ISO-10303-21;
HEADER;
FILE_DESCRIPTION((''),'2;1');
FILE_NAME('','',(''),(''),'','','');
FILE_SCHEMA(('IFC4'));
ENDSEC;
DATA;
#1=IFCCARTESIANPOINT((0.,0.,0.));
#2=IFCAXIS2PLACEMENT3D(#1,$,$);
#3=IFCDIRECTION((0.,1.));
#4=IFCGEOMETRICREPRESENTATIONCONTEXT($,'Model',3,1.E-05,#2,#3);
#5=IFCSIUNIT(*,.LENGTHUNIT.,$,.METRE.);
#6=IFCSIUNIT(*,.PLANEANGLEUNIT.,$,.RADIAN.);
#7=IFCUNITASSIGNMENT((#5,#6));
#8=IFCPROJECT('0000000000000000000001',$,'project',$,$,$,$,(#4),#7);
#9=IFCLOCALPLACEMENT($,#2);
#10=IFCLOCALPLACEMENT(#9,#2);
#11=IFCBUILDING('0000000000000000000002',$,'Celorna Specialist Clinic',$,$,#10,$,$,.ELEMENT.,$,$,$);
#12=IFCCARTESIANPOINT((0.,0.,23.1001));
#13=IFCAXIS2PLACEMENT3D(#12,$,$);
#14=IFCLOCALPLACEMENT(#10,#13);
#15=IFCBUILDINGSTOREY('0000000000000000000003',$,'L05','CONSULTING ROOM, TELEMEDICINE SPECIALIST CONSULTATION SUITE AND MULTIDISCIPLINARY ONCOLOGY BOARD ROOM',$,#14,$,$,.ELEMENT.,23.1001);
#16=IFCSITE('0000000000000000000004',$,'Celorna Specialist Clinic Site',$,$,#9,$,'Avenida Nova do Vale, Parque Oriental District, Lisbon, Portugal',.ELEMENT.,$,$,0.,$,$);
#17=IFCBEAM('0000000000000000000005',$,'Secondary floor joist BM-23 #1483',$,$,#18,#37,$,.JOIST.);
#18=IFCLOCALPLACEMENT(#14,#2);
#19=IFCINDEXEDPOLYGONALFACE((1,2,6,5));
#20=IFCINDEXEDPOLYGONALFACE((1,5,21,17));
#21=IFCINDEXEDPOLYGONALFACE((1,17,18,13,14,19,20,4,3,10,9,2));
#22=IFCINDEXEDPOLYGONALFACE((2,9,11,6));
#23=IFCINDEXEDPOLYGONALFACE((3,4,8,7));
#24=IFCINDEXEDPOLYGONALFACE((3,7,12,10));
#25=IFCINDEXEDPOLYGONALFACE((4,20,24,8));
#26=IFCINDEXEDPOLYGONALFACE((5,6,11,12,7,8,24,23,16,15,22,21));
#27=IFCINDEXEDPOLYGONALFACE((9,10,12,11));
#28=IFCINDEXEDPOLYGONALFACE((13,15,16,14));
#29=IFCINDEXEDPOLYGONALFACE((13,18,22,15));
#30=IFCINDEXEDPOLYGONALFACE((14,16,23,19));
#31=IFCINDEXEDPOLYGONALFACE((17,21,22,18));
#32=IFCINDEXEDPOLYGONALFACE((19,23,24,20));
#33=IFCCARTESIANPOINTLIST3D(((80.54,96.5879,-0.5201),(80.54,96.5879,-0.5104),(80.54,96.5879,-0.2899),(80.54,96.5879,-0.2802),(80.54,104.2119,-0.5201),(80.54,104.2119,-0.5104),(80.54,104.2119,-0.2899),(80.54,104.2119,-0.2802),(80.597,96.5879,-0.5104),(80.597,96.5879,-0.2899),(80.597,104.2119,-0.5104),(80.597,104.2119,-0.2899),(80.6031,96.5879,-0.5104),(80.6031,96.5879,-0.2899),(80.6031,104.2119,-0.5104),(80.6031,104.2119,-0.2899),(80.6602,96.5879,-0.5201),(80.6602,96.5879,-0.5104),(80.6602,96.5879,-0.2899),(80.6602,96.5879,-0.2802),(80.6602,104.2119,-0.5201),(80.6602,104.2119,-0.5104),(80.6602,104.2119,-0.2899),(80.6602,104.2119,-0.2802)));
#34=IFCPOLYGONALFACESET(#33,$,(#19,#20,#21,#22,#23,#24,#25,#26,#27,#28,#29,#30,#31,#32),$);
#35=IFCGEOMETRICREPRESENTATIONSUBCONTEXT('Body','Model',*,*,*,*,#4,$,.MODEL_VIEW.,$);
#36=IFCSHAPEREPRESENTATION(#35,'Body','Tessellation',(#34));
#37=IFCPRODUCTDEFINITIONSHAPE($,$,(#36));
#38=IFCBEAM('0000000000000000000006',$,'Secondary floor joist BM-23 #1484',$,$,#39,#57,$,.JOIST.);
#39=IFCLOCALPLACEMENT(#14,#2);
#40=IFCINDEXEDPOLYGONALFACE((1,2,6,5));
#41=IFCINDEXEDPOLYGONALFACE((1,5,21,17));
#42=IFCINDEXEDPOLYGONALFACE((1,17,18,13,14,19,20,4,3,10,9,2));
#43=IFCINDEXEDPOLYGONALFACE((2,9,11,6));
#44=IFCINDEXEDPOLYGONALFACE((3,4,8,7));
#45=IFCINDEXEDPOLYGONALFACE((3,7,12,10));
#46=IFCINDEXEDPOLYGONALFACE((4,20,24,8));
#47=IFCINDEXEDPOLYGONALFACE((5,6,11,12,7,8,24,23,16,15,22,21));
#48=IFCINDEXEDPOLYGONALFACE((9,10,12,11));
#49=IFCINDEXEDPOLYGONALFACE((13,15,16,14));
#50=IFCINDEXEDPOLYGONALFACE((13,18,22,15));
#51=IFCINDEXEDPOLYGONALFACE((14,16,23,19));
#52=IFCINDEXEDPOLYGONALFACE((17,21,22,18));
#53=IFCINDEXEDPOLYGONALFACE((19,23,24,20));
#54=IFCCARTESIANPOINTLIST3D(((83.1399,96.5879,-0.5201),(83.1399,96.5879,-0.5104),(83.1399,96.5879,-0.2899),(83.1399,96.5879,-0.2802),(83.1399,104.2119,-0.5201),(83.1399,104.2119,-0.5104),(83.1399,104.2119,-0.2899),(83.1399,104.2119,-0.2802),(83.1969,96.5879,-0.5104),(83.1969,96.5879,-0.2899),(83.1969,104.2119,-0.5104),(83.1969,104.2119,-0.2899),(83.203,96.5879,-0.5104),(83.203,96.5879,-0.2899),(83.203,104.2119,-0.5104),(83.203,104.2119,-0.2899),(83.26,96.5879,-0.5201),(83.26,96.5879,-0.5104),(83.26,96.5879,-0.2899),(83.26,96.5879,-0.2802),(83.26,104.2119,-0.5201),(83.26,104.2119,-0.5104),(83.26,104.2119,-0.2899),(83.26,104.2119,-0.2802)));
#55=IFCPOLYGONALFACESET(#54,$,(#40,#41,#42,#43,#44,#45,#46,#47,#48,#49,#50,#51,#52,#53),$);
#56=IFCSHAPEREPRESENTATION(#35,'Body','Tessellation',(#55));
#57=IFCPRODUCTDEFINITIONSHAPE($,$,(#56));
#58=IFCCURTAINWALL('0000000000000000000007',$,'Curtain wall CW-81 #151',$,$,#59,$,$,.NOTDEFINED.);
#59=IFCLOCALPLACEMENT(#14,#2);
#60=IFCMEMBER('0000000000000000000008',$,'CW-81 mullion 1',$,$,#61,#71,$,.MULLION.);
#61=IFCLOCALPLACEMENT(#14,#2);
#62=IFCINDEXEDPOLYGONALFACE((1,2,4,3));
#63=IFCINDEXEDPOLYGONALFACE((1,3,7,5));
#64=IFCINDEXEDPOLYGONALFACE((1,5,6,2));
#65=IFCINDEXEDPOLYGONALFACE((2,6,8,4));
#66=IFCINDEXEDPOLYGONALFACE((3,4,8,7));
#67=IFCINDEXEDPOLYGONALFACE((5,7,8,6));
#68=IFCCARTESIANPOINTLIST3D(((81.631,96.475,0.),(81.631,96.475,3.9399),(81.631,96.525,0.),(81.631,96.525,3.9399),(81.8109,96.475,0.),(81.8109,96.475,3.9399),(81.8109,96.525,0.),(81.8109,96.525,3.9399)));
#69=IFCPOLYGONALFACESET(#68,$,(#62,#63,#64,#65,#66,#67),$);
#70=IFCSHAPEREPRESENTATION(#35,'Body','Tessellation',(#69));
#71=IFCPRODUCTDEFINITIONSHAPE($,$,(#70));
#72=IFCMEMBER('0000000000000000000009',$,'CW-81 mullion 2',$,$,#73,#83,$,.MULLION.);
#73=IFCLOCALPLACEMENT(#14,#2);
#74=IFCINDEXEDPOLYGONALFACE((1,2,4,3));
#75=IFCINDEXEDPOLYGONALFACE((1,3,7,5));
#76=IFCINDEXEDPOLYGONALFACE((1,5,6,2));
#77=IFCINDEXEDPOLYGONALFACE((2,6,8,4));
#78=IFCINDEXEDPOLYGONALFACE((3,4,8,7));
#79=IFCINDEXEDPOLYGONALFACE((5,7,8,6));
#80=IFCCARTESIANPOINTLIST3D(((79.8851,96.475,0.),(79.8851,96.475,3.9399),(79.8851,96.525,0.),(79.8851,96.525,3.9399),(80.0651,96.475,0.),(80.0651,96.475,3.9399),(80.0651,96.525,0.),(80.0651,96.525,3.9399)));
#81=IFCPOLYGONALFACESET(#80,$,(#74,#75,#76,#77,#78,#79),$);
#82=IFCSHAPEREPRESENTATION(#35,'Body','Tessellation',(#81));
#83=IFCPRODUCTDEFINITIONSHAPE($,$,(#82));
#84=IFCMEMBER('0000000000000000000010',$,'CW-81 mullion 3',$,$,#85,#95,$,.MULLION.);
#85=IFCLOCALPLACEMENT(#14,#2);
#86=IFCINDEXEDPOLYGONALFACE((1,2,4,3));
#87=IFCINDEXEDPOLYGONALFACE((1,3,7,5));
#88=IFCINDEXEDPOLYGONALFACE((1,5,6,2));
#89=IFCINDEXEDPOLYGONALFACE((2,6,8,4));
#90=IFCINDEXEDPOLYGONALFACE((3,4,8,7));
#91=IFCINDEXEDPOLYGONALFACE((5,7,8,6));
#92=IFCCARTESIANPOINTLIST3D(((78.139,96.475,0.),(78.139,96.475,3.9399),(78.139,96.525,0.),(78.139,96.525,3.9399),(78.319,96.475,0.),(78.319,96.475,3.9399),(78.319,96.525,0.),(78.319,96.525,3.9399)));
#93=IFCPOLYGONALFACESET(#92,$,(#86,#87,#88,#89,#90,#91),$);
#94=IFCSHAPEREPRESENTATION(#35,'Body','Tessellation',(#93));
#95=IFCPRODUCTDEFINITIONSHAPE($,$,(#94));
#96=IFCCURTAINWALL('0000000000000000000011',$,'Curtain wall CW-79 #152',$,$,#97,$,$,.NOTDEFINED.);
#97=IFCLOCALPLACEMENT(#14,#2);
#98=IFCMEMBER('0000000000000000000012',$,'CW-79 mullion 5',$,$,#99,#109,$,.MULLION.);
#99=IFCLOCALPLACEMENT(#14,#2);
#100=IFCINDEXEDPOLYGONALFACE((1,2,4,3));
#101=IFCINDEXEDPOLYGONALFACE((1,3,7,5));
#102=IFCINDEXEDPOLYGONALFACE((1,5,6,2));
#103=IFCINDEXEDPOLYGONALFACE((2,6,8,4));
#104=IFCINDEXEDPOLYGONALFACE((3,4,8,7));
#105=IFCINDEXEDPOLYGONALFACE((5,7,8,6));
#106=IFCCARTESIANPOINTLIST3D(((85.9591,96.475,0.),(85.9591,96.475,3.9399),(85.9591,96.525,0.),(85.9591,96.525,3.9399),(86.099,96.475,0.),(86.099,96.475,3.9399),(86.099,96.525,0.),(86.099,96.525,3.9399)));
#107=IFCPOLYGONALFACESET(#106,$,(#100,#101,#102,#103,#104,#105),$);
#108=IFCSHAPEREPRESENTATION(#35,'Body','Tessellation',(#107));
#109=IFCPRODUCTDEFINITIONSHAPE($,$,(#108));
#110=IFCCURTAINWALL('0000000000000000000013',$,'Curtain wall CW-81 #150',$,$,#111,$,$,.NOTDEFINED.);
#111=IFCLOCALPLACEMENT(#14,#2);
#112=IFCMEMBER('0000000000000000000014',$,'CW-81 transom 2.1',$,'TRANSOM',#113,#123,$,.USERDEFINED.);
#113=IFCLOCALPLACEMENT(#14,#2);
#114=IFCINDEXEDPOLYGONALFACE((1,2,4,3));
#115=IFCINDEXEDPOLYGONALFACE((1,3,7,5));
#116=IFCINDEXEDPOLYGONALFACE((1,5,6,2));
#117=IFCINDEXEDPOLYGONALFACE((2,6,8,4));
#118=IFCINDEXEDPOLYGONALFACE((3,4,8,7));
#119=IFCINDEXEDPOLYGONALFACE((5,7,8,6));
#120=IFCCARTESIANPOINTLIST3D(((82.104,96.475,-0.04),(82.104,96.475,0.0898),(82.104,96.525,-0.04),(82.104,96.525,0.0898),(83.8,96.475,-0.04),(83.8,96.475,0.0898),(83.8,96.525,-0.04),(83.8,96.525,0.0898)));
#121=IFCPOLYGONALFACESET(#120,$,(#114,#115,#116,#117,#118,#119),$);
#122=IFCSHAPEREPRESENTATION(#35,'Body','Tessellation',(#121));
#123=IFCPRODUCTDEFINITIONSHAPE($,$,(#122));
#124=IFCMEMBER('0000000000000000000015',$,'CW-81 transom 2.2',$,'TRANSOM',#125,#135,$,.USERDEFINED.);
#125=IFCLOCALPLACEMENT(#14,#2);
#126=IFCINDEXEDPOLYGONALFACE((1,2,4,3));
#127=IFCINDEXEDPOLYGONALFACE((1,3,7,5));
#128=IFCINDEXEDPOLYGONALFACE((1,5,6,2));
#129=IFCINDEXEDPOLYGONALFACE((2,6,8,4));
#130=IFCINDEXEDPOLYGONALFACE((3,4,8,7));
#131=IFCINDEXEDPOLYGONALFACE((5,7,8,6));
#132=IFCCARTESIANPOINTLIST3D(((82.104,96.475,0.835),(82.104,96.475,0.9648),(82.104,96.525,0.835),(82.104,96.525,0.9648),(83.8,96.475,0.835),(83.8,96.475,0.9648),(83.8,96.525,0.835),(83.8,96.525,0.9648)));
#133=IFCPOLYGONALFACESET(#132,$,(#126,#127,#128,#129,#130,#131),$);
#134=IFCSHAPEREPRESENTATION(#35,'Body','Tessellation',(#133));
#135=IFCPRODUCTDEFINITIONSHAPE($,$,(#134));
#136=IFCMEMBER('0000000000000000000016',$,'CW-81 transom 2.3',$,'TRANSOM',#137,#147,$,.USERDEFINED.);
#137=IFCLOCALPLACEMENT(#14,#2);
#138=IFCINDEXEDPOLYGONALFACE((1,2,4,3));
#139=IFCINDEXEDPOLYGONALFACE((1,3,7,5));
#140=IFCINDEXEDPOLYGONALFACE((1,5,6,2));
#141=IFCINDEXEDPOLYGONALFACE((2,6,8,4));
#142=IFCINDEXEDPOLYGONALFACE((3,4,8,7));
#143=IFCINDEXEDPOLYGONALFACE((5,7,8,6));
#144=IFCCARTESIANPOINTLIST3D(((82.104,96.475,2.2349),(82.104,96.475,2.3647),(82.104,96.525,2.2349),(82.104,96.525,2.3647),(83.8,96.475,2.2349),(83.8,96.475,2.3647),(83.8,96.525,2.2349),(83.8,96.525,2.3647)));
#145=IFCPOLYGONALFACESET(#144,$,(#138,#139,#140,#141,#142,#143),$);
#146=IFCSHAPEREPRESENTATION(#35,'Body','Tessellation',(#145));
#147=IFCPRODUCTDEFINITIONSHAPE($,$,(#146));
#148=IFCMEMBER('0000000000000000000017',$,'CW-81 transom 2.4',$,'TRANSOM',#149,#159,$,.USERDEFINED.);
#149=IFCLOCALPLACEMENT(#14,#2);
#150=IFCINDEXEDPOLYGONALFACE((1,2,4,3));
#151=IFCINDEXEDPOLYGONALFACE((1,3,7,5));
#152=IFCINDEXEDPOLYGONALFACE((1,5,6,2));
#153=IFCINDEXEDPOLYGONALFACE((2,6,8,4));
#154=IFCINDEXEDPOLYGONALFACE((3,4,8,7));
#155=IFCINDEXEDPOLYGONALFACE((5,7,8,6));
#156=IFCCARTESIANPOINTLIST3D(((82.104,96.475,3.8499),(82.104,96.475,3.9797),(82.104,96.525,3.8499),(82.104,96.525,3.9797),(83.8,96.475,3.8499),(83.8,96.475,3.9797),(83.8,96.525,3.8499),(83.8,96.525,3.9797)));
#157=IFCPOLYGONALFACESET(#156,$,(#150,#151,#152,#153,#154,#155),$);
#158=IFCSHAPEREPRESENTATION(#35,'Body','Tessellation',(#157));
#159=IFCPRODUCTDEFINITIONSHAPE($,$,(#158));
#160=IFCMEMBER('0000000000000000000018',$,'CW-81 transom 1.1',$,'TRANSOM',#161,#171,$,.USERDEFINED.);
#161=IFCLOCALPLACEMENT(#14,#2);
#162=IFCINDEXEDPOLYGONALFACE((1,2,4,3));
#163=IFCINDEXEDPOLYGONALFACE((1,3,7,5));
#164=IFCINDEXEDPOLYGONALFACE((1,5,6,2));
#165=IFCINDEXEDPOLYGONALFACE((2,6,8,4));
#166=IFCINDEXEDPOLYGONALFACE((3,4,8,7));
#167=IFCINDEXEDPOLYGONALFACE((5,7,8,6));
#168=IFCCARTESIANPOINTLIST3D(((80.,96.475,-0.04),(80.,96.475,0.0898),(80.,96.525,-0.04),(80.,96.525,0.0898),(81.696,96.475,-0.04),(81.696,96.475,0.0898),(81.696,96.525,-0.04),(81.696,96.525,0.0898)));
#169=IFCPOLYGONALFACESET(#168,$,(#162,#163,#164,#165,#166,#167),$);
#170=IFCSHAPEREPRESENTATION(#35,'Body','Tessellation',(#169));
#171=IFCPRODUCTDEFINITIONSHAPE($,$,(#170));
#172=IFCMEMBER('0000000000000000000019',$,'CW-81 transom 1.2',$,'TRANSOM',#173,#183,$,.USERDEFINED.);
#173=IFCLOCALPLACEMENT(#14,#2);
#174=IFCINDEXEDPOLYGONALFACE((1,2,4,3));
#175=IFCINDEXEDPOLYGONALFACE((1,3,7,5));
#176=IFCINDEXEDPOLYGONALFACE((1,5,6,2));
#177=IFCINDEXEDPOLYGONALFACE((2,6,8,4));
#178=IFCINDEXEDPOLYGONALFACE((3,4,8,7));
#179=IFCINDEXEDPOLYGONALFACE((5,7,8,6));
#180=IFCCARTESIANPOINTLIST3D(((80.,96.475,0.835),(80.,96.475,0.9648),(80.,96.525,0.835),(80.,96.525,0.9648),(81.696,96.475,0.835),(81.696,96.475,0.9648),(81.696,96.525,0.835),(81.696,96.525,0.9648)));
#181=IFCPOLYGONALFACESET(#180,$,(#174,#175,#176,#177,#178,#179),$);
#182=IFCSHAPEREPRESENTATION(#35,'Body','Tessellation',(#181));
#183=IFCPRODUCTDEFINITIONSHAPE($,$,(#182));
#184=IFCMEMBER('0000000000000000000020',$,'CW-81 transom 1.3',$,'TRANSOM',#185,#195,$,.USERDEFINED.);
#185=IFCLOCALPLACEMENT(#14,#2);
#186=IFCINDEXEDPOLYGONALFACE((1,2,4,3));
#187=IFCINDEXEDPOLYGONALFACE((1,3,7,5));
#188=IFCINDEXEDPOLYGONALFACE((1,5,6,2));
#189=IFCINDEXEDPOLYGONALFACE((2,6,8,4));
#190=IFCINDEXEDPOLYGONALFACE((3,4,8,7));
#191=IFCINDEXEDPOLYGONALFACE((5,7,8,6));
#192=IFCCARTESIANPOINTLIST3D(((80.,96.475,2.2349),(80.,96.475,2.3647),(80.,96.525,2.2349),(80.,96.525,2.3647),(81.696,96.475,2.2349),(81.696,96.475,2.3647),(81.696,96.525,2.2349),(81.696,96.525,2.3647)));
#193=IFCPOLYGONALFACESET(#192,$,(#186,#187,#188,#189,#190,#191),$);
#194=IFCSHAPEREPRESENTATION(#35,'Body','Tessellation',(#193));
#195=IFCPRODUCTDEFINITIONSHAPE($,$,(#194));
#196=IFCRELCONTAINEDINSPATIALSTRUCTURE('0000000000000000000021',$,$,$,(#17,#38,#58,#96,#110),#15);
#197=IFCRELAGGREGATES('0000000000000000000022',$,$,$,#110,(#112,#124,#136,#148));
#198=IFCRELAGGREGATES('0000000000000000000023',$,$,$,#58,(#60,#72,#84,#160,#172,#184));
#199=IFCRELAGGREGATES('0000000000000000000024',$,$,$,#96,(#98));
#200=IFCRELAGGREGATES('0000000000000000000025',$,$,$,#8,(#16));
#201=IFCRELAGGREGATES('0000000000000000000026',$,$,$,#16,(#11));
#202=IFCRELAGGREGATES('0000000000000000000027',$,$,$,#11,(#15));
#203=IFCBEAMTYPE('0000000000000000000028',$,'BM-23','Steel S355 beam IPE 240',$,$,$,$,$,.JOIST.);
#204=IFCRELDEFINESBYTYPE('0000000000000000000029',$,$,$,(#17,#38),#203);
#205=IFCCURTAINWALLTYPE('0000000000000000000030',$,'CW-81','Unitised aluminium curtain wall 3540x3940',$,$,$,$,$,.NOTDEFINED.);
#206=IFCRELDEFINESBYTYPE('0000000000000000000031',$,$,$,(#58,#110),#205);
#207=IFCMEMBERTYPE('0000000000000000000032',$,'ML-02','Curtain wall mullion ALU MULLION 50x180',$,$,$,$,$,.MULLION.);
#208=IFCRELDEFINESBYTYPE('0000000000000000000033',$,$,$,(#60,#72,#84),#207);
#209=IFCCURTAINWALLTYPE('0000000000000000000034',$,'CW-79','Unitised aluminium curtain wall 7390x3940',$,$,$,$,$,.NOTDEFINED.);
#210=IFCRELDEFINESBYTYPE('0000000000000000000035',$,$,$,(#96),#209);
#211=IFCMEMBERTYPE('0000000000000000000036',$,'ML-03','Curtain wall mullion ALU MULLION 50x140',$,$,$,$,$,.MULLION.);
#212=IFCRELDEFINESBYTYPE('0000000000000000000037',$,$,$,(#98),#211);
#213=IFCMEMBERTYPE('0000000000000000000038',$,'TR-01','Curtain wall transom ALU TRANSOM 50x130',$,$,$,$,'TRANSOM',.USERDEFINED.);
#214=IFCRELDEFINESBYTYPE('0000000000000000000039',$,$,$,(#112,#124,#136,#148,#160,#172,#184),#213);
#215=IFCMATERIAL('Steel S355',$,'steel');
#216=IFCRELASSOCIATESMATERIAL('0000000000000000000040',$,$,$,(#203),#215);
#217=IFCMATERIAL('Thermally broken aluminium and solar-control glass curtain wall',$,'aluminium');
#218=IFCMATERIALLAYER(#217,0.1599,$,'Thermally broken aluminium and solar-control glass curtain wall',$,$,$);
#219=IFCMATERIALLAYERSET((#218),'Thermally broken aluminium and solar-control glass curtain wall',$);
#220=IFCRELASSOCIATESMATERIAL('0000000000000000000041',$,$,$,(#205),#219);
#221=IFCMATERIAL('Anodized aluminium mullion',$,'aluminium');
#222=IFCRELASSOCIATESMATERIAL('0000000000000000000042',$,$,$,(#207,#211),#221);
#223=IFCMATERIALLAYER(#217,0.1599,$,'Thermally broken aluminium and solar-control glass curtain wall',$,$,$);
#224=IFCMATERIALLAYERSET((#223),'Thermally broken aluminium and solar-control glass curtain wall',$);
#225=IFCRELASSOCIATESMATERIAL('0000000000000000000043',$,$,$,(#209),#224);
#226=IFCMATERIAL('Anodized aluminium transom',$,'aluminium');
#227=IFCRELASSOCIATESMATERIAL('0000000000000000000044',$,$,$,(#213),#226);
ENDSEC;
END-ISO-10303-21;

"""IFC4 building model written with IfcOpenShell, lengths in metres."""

from ifc_helpers import new_model, si_unit, direction, frame, origin, origin_2d, place, context, subcontext, project, spatial, rectangle, i_section, extrude, material, layer, layer_set, material_profile, profile_set, type_object, element, aggregate, save


model = new_model("IFC4")

# Units and contexts
model_context = context("Model", 3, precision=1e-05, world=origin(), true_north=direction((0.0, 1.0)))
body_context = subcontext(model_context, "Body", "Model", "MODEL_VIEW")
ifc_project = project(units=[si_unit("LENGTHUNIT", "METRE"), si_unit("PLANEANGLEUNIT", "RADIAN")], contexts=[model_context])

# Site, building, storey
site_placement = place(None, origin())
site = spatial("IfcSite", under=ifc_project, at=site_placement, Name="Celorna Specialist Clinic Site", LongName="Avenida Nova do Vale, Parque Oriental District, Lisbon, Portugal", CompositionType="ELEMENT", RefElevation=0.0)
building_placement = place(site_placement, origin())
building = spatial("IfcBuilding", under=site, at=building_placement, Name="Celorna Specialist Clinic", CompositionType="ELEMENT")
storey_placement = place(building_placement, frame((0.0, 0.0, 23.1001)))
storey = spatial("IfcBuildingStorey", under=building, at=storey_placement, Name="L05", Description="CONSULTING ROOM, TELEMEDICINE SPECIALIST CONSULTATION SUITE AND MULTIDISCIPLINARY ONCOLOGY BOARD ROOM", CompositionType="ELEMENT", Elevation=23.1001)

# Beams
ifc_material_1 = material(Name="Steel S355", Category="steel")
ifc_material_profile_1 = material_profile(ifc_material_1, i_section(OverallWidth=0.1201, OverallDepth=0.24, WebThickness=0.0061, FlangeThickness=0.0098, at=origin_2d()), Name="IPE 240")
ifc_profile_set_1 = profile_set([ifc_material_profile_1], Name="Steel S355")
beam_type = type_object("IfcBeamType", Name="BM-23", Description="Steel S355 beam IPE 240", PredefinedType="JOIST", material=ifc_profile_set_1)
for number, where, z_axis, x_axis, name in (
    (1, (80.6001, 96.5879, -0.4001), (0.0, 1.0, 0.0), (-1.0, 0.0, 0.0), "Secondary floor joist BM-23 #1483"),
    (2, (83.2, 96.5879, -0.4001), (0.0, 1.0, 0.0), (-1.0, 0.0, 0.0), "Secondary floor joist BM-23 #1484"),
):
    element("IfcBeam", number, at=place(storey_placement, frame(where, z_axis=z_axis, x_axis=x_axis)), inside=storey, type_object=beam_type, Name=name, PredefinedType="JOIST", context=body_context, shape_type="SweptSolid", body=[
        extrude(i_section(OverallWidth=0.1201, OverallDepth=0.24, WebThickness=0.0061, FlangeThickness=0.0098, at=origin_2d()), origin(), (0.0, 0.0, 1.0), 7.624),
    ])

# Curtain wall, members
ifc_material_2 = material(Name="Thermally broken aluminium and solar-control glass curtain wall", Category="aluminium")
ifc_layer_1 = layer(ifc_material_2, 0.1599, Name="Thermally broken aluminium and solar-control glass curtain wall")
ifc_layer_set_1 = layer_set([ifc_layer_1], Name="Thermally broken aluminium and solar-control glass curtain wall")
curtain_wall_type_1 = type_object("IfcCurtainWallType", Name="CW-81", Description="Unitised aluminium curtain wall 3540x3940", PredefinedType="NOTDEFINED", material=ifc_layer_set_1)
curtain_wall_1_placement = place(storey_placement, origin())
curtain_wall_1 = element("IfcCurtainWall", 3, at=curtain_wall_1_placement, inside=storey, type_object=curtain_wall_type_1, Name="Curtain wall CW-81 #151", PredefinedType="NOTDEFINED")
ifc_material_3 = material(Name="Anodized aluminium mullion", Category="aluminium")
ifc_material_profile_2 = material_profile(ifc_material_3, rectangle(XDim=0.05, YDim=0.1799, at=origin_2d()), Name="ALU MULLION 50x180")
ifc_profile_set_2 = profile_set([ifc_material_profile_2], Name="Anodized aluminium mullion")
member_type_1 = type_object("IfcMemberType", Name="ML-02", Description="Curtain wall mullion ALU MULLION 50x180", PredefinedType="MULLION", material=ifc_profile_set_2)
member_1_placement = place(storey_placement, frame((81.7209, 96.5, 0.0), z_axis=(0.0, 0.0, 1.0), x_axis=(0.0, -1.0, 0.0)))
member_1 = element("IfcMember", 4, at=member_1_placement, type_object=member_type_1, Name="CW-81 mullion 1", PredefinedType="MULLION", context=body_context, shape_type="SweptSolid", body=[
    extrude(rectangle(XDim=0.05, YDim=0.1799, at=origin_2d()), origin(), (0.0, 0.0, 1.0), 3.9399),
])
member_2_placement = place(storey_placement, frame((79.9751, 96.5, 0.0), z_axis=(0.0, 0.0, 1.0), x_axis=(0.0, -1.0, 0.0)))
member_2 = element("IfcMember", 5, at=member_2_placement, type_object=member_type_1, Name="CW-81 mullion 2", PredefinedType="MULLION", context=body_context, shape_type="SweptSolid", body=[
    extrude(rectangle(XDim=0.05, YDim=0.1799, at=origin_2d()), origin(), (0.0, 0.0, 1.0), 3.9399),
])
member_3_placement = place(storey_placement, frame((78.229, 96.5, 0.0), z_axis=(0.0, 0.0, 1.0), x_axis=(0.0, -1.0, 0.0)))
member_3 = element("IfcMember", 6, at=member_3_placement, type_object=member_type_1, Name="CW-81 mullion 3", PredefinedType="MULLION", context=body_context, shape_type="SweptSolid", body=[
    extrude(rectangle(XDim=0.05, YDim=0.1799, at=origin_2d()), origin(), (0.0, 0.0, 1.0), 3.9399),
])

# Curtain wall, member
ifc_layer_2 = layer(ifc_material_2, 0.1599, Name="Thermally broken aluminium and solar-control glass curtain wall")
ifc_layer_set_2 = layer_set([ifc_layer_2], Name="Thermally broken aluminium and solar-control glass curtain wall")
curtain_wall_type_2 = type_object("IfcCurtainWallType", Name="CW-79", Description="Unitised aluminium curtain wall 7390x3940", PredefinedType="NOTDEFINED", material=ifc_layer_set_2)
curtain_wall_2_placement = place(storey_placement, origin())
curtain_wall_2 = element("IfcCurtainWall", 7, at=curtain_wall_2_placement, inside=storey, type_object=curtain_wall_type_2, Name="Curtain wall CW-79 #152", PredefinedType="NOTDEFINED")
ifc_material_profile_3 = material_profile(ifc_material_3, rectangle(XDim=0.05, YDim=0.1399, at=origin_2d()), Name="ALU MULLION 50x140")
ifc_profile_set_3 = profile_set([ifc_material_profile_3], Name="Anodized aluminium mullion")
member_type_2 = type_object("IfcMemberType", Name="ML-03", Description="Curtain wall mullion ALU MULLION 50x140", PredefinedType="MULLION", material=ifc_profile_set_3)
member_4_placement = place(storey_placement, frame((86.0291, 96.5, 0.0), z_axis=(0.0, 0.0, 1.0), x_axis=(0.0, -1.0, 0.0)))
member_4 = element("IfcMember", 8, at=member_4_placement, type_object=member_type_2, Name="CW-79 mullion 5", PredefinedType="MULLION", context=body_context, shape_type="SweptSolid", body=[
    extrude(rectangle(XDim=0.05, YDim=0.1399, at=origin_2d()), origin(), (0.0, 0.0, 1.0), 3.9399),
])

# Curtain wall, members
curtain_wall_3_placement = place(storey_placement, origin())
curtain_wall_3 = element("IfcCurtainWall", 9, at=curtain_wall_3_placement, inside=storey, type_object=curtain_wall_type_1, Name="Curtain wall CW-81 #150", PredefinedType="NOTDEFINED")
ifc_material_4 = material(Name="Anodized aluminium transom", Category="aluminium")
ifc_material_profile_4 = material_profile(ifc_material_4, rectangle(XDim=0.05, YDim=0.1299, at=origin_2d()), Name="ALU TRANSOM 50x130")
ifc_profile_set_4 = profile_set([ifc_material_profile_4], Name="Anodized aluminium transom")
member_type_3 = type_object("IfcMemberType", Name="TR-01", Description="Curtain wall transom ALU TRANSOM 50x130", ElementType="TRANSOM", PredefinedType="USERDEFINED", material=ifc_profile_set_4)
member_5_placement = place(storey_placement, frame((83.8, 96.5, 0.0249), z_axis=(-1.0, 0.0, 0.0), x_axis=(0.0, -1.0, 0.0)))
member_5 = element("IfcMember", 10, at=member_5_placement, type_object=member_type_3, Name="CW-81 transom 2.1", ObjectType="TRANSOM", PredefinedType="USERDEFINED", context=body_context, shape_type="SweptSolid", body=[
    extrude(rectangle(XDim=0.05, YDim=0.1299, at=origin_2d()), origin(), (0.0, 0.0, 1.0), 1.696),
])
member_6_placement = place(storey_placement, frame((83.8, 96.5, 0.8999), z_axis=(-1.0, 0.0, 0.0), x_axis=(0.0, -1.0, 0.0)))
member_6 = element("IfcMember", 11, at=member_6_placement, type_object=member_type_3, Name="CW-81 transom 2.2", ObjectType="TRANSOM", PredefinedType="USERDEFINED", context=body_context, shape_type="SweptSolid", body=[
    extrude(rectangle(XDim=0.05, YDim=0.1299, at=origin_2d()), origin(), (0.0, 0.0, 1.0), 1.696),
])
member_7_placement = place(storey_placement, frame((83.8, 96.5, 2.2998), z_axis=(-1.0, 0.0, 0.0), x_axis=(0.0, -1.0, 0.0)))
member_7 = element("IfcMember", 12, at=member_7_placement, type_object=member_type_3, Name="CW-81 transom 2.3", ObjectType="TRANSOM", PredefinedType="USERDEFINED", context=body_context, shape_type="SweptSolid", body=[
    extrude(rectangle(XDim=0.05, YDim=0.1299, at=origin_2d()), origin(), (0.0, 0.0, 1.0), 1.696),
])
member_8_placement = place(storey_placement, frame((83.8, 96.5, 3.9148), z_axis=(-1.0, 0.0, 0.0), x_axis=(0.0, -1.0, 0.0)))
member_8 = element("IfcMember", 13, at=member_8_placement, type_object=member_type_3, Name="CW-81 transom 2.4", ObjectType="TRANSOM", PredefinedType="USERDEFINED", context=body_context, shape_type="SweptSolid", body=[
    extrude(rectangle(XDim=0.05, YDim=0.1299, at=origin_2d()), origin(), (0.0, 0.0, 1.0), 1.696),
])

# Members
member_9_placement = place(storey_placement, frame((81.696, 96.5, 0.0249), z_axis=(-1.0, 0.0, 0.0), x_axis=(0.0, -1.0, 0.0)))
member_9 = element("IfcMember", 14, at=member_9_placement, type_object=member_type_3, Name="CW-81 transom 1.1", ObjectType="TRANSOM", PredefinedType="USERDEFINED", context=body_context, shape_type="SweptSolid", body=[
    extrude(rectangle(XDim=0.05, YDim=0.1299, at=origin_2d()), origin(), (0.0, 0.0, 1.0), 1.696),
])
member_10_placement = place(storey_placement, frame((81.696, 96.5, 0.8999), z_axis=(-1.0, 0.0, 0.0), x_axis=(0.0, -1.0, 0.0)))
member_10 = element("IfcMember", 15, at=member_10_placement, type_object=member_type_3, Name="CW-81 transom 1.2", ObjectType="TRANSOM", PredefinedType="USERDEFINED", context=body_context, shape_type="SweptSolid", body=[
    extrude(rectangle(XDim=0.05, YDim=0.1299, at=origin_2d()), origin(), (0.0, 0.0, 1.0), 1.696),
])
member_11_placement = place(storey_placement, frame((81.696, 96.5, 2.2998), z_axis=(-1.0, 0.0, 0.0), x_axis=(0.0, -1.0, 0.0)))
member_11 = element("IfcMember", 16, at=member_11_placement, type_object=member_type_3, Name="CW-81 transom 1.3", ObjectType="TRANSOM", PredefinedType="USERDEFINED", context=body_context, shape_type="SweptSolid", body=[
    extrude(rectangle(XDim=0.05, YDim=0.1299, at=origin_2d()), origin(), (0.0, 0.0, 1.0), 1.696),
])

aggregate(curtain_wall_3, [member_5, member_6, member_7, member_8])
aggregate(curtain_wall_1, [member_1, member_2, member_3, member_9, member_10, member_11])
aggregate(curtain_wall_2, [member_4])

save(model, "model.ifc")
